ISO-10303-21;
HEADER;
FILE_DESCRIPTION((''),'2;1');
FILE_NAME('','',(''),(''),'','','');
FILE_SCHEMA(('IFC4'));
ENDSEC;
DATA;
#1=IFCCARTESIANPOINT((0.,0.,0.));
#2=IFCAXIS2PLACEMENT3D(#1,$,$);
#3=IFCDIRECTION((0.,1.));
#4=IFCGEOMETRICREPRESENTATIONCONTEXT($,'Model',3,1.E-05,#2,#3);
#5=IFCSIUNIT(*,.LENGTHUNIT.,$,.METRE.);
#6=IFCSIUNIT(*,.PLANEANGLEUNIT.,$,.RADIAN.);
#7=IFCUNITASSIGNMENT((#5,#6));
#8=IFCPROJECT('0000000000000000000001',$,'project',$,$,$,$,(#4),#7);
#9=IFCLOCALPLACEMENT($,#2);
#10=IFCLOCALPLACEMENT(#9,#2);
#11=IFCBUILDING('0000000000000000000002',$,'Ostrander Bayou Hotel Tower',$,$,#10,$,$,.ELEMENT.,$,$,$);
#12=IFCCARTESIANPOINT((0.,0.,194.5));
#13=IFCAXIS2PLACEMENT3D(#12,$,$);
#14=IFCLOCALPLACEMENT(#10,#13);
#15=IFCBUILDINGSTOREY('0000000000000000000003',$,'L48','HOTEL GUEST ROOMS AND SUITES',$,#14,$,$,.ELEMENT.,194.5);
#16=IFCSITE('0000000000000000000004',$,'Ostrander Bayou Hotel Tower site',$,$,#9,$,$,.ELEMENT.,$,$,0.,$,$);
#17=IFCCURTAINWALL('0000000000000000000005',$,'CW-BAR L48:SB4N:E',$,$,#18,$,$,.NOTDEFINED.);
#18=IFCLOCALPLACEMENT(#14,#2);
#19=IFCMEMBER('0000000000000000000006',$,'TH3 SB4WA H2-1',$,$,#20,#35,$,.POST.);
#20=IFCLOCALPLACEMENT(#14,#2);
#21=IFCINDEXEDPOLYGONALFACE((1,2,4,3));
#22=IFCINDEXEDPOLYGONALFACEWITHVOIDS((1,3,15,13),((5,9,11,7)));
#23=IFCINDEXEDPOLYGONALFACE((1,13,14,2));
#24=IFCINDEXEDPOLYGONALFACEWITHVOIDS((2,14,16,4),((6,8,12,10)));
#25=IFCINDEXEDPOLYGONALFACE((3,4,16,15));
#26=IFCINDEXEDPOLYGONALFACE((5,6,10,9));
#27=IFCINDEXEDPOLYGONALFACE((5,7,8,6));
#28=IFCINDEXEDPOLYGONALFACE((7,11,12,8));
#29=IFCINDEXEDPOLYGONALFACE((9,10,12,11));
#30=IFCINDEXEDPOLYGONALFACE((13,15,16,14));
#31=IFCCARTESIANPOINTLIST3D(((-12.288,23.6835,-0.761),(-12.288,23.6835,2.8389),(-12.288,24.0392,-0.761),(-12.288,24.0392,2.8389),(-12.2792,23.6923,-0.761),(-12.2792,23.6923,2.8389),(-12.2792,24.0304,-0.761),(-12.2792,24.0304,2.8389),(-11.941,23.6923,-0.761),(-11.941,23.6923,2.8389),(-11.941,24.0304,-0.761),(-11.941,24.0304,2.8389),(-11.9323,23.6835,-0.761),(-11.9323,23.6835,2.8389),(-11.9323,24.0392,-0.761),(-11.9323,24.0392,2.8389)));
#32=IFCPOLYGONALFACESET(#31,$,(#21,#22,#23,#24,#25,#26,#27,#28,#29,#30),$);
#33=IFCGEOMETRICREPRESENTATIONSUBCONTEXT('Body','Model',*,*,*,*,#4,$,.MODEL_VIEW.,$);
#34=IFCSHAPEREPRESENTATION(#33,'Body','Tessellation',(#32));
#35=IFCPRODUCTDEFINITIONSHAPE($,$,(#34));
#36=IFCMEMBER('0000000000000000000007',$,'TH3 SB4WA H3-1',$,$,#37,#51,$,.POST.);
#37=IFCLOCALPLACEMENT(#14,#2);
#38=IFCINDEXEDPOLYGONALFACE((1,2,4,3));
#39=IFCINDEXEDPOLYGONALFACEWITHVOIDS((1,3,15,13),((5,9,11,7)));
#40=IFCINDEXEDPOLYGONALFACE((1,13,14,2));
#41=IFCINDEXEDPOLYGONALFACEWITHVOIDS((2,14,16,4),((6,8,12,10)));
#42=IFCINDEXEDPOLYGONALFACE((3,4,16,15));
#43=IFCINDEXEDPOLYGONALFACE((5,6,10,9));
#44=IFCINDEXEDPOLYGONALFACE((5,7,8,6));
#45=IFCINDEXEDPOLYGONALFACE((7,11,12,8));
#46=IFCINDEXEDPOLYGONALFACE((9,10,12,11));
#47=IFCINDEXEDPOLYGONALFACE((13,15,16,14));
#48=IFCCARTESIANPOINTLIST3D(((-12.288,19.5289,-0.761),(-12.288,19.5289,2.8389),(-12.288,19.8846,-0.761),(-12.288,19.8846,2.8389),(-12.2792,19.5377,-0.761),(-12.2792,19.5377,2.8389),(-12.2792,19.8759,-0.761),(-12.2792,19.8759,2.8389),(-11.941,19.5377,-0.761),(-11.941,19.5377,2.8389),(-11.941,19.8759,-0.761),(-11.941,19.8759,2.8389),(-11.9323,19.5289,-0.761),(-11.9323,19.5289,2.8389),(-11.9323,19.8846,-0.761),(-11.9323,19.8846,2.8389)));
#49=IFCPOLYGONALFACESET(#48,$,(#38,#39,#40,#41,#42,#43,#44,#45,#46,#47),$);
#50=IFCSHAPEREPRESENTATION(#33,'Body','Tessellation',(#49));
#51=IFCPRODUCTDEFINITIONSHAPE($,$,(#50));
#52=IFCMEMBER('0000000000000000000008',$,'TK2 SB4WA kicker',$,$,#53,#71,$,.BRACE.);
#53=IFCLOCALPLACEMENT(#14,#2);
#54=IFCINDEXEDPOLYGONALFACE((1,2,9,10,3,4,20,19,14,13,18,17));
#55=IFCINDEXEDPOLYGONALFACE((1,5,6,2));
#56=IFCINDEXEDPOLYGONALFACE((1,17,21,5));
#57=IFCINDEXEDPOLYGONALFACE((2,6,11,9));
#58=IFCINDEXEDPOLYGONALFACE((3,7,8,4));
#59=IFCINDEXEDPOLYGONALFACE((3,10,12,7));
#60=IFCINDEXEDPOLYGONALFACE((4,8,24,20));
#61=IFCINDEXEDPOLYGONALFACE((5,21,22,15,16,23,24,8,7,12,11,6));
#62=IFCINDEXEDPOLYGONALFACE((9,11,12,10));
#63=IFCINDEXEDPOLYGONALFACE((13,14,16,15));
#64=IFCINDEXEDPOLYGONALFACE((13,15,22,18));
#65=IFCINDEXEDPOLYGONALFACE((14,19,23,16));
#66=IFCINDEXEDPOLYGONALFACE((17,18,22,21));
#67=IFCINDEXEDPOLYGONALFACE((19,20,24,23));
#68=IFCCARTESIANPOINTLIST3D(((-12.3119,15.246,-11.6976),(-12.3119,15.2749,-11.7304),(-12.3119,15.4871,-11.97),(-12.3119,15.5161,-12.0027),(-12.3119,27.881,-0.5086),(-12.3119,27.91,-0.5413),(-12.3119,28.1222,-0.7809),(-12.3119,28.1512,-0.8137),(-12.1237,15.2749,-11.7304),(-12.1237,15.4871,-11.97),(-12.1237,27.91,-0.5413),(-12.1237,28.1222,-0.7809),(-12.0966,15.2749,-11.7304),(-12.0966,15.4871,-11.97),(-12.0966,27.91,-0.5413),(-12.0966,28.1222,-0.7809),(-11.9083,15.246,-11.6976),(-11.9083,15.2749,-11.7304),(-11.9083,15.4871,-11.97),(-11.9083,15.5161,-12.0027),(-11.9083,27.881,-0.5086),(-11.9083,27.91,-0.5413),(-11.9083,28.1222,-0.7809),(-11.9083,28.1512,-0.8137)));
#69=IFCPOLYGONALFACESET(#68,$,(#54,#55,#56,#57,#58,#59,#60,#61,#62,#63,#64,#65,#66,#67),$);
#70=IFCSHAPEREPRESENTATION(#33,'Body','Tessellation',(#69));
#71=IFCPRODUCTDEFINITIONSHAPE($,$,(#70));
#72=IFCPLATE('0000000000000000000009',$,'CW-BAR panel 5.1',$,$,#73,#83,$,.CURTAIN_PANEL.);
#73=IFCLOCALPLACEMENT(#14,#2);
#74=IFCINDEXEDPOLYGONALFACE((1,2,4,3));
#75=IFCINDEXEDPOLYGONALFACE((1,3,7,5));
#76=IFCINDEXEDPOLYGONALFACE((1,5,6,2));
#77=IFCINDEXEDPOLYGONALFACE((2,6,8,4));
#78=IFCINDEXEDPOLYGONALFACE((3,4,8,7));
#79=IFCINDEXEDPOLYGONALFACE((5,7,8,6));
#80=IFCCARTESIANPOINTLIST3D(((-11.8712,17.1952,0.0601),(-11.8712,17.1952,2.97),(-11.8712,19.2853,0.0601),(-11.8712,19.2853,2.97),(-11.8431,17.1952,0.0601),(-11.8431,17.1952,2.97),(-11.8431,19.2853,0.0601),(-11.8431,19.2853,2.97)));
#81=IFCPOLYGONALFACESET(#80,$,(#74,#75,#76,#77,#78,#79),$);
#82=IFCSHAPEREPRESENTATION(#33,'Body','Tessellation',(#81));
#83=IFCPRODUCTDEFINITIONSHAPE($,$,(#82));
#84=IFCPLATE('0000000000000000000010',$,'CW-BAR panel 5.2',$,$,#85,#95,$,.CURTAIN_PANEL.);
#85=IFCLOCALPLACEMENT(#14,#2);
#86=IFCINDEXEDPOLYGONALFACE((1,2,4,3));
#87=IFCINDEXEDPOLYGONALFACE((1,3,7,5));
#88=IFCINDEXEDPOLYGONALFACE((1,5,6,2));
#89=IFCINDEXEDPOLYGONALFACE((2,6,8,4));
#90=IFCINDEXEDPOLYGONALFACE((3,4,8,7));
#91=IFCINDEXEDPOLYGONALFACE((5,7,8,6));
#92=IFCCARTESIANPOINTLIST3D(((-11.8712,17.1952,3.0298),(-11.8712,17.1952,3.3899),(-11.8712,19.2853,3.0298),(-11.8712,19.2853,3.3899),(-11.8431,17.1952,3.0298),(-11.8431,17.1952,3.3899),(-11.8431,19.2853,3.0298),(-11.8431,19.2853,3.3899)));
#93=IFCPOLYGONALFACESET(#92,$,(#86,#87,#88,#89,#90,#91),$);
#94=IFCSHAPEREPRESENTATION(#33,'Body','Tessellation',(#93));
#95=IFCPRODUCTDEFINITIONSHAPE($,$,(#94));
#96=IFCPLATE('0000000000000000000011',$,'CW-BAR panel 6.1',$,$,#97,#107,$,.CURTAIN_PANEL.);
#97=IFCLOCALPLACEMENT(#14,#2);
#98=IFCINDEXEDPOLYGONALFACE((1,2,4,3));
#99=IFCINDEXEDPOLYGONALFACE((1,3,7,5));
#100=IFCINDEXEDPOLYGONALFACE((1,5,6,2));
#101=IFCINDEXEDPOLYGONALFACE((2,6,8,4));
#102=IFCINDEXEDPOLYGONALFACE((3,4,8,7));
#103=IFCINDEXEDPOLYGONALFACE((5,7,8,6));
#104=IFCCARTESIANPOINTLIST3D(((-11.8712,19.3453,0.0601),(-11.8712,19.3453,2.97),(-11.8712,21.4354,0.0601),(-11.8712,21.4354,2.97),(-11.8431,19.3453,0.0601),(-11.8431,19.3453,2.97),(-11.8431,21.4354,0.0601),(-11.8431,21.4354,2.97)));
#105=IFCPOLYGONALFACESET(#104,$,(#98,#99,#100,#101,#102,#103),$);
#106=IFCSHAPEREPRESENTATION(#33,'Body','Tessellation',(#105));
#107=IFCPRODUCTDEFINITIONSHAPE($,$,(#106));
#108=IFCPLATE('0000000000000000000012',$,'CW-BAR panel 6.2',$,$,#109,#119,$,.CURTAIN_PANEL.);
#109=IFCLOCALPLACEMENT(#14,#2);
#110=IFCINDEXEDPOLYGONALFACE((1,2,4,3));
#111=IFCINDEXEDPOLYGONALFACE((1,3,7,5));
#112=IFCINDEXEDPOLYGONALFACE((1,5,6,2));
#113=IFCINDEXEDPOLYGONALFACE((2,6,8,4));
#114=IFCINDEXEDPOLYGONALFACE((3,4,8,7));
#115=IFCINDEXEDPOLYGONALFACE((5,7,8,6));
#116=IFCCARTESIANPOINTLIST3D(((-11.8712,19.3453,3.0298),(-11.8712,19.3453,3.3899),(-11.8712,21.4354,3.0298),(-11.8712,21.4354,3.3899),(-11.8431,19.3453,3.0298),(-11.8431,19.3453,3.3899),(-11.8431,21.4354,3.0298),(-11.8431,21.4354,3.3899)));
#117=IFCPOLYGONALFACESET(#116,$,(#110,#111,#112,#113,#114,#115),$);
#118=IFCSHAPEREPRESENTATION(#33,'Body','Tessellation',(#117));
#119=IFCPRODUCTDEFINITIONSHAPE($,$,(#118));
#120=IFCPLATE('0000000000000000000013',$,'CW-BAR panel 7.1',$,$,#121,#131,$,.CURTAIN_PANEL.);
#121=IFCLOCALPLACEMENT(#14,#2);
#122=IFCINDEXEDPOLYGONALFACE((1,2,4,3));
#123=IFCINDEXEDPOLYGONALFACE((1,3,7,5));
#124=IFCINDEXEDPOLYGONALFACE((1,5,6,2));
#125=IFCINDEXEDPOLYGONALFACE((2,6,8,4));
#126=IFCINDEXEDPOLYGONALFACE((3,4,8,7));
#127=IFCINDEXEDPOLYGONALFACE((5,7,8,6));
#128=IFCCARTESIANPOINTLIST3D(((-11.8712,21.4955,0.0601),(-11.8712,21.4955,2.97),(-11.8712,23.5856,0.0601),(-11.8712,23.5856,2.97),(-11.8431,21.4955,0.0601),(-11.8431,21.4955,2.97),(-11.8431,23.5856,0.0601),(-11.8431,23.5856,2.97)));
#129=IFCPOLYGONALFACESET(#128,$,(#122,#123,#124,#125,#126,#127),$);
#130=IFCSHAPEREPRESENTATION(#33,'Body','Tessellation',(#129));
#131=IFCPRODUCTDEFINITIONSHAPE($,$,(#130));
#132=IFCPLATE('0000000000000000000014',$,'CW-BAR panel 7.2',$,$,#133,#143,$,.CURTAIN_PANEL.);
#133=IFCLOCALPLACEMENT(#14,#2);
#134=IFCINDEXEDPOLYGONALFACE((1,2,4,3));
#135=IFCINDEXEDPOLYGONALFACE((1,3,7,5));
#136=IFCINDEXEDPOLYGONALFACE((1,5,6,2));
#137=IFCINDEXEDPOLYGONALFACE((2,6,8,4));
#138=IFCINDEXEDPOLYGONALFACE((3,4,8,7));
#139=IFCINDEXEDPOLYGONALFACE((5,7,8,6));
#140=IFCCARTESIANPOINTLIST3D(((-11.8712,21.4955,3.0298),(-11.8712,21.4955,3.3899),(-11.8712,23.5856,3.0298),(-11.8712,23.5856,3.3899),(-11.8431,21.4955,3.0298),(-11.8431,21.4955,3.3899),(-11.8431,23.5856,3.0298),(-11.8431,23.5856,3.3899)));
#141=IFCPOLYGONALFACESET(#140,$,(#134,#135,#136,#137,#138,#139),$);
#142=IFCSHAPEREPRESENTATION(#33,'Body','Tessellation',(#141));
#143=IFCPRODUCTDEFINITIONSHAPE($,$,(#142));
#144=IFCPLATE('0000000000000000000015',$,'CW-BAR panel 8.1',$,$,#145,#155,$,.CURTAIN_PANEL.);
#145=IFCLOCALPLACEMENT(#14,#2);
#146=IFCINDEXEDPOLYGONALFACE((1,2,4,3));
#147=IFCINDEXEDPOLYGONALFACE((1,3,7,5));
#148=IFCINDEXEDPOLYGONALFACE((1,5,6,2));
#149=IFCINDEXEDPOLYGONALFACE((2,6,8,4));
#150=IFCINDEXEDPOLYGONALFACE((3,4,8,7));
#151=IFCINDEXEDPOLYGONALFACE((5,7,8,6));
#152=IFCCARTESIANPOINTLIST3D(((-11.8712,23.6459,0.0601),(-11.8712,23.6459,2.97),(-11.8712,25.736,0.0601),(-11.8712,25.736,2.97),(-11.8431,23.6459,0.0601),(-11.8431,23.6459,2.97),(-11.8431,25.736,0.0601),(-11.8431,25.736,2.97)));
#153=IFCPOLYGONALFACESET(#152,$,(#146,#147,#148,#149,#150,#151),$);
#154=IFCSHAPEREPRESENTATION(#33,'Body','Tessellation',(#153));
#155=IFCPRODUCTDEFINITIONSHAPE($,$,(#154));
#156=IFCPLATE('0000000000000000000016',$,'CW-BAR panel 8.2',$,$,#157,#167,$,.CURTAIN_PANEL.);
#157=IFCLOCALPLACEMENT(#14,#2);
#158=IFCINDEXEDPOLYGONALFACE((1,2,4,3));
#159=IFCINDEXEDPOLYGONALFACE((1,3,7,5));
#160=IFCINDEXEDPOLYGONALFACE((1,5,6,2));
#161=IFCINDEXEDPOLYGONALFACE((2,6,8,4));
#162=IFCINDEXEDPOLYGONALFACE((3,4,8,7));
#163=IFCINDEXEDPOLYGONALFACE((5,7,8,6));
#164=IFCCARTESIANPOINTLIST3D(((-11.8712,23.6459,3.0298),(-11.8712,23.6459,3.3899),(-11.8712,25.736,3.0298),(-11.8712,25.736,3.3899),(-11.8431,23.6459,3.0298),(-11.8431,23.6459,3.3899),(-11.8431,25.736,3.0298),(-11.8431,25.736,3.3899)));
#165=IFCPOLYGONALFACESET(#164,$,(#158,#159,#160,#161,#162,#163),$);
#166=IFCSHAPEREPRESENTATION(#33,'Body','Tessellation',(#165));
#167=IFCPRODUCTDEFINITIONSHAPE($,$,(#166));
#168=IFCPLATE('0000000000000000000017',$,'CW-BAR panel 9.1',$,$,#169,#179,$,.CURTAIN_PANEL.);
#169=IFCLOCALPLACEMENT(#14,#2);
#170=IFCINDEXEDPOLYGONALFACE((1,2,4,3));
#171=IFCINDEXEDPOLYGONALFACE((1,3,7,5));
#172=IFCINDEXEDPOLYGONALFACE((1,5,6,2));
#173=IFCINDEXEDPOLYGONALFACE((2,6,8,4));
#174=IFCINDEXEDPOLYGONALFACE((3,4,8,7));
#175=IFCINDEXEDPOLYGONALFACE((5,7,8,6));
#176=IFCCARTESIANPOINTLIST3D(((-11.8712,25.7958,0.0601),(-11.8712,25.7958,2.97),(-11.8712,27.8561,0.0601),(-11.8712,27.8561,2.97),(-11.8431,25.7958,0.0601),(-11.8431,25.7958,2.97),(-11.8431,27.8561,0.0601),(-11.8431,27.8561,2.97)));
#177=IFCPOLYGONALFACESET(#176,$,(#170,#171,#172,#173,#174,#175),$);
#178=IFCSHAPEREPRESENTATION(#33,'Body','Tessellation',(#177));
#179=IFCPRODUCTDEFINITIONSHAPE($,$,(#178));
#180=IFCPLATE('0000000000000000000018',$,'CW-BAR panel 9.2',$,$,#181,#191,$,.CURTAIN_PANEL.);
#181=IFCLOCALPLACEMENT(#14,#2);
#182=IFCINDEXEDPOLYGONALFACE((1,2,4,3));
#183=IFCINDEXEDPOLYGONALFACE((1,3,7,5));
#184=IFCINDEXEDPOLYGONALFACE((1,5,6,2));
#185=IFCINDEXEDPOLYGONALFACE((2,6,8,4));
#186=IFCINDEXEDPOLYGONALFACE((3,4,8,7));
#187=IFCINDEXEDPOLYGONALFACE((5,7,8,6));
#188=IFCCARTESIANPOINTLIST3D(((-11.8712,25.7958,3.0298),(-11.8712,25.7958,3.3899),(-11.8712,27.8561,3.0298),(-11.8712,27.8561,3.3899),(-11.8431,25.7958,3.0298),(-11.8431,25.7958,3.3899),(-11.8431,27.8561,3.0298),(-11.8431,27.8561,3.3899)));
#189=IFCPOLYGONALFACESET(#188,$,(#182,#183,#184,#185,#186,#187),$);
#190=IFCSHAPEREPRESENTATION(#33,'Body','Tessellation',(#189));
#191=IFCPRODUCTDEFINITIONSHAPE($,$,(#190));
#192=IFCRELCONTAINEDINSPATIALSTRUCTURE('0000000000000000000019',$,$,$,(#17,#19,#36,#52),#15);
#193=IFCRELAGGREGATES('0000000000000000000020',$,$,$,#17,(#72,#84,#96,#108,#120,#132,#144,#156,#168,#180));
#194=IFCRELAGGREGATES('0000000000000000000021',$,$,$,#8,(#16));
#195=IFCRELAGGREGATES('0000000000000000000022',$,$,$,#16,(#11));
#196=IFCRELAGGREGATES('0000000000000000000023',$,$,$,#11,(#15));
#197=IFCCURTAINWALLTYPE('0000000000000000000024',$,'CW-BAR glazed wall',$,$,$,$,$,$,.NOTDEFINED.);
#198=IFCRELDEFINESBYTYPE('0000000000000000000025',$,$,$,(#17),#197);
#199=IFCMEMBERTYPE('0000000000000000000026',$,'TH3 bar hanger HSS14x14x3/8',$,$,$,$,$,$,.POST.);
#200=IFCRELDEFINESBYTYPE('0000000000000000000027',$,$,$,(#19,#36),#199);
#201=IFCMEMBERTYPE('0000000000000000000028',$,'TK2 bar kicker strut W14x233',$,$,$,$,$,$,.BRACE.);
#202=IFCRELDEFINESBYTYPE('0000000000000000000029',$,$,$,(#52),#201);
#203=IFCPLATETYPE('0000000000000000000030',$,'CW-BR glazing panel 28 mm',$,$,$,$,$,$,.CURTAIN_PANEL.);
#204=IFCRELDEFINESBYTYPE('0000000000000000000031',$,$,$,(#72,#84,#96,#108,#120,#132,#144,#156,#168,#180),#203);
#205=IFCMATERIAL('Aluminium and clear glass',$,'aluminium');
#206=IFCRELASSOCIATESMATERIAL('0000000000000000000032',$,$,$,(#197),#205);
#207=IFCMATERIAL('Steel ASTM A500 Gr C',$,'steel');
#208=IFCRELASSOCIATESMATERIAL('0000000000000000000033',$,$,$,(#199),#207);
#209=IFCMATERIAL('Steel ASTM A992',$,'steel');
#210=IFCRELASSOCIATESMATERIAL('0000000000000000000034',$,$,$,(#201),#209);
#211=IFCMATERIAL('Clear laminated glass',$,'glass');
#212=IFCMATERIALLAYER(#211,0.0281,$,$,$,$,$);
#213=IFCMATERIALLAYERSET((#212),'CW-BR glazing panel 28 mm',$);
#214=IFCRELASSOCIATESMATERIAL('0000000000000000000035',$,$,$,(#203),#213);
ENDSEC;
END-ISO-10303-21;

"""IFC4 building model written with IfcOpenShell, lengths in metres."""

from ifc_helpers import new_model, si_unit, direction, frame, origin, origin_2d, place, context, subcontext, project, spatial, rectangle, hollow_rectangle, i_section, extrude, material, layer, layer_set, material_profile, profile_set, type_object, element, aggregate, save


model = new_model("IFC4")

# Units and contexts
model_context = context("Model", 3, precision=1e-05, world=origin(), true_north=direction((0.0, 1.0)))
body_context = subcontext(model_context, "Body", "Model", "MODEL_VIEW")
ifc_project = project(units=[si_unit("LENGTHUNIT", "METRE"), si_unit("PLANEANGLEUNIT", "RADIAN")], contexts=[model_context])

# Site, building, storey
site_placement = place(None, origin())
site = spatial("IfcSite", under=ifc_project, at=site_placement, Name="Ostrander Bayou Hotel Tower site", CompositionType="ELEMENT", RefElevation=0.0)
building_placement = place(site_placement, origin())
building = spatial("IfcBuilding", under=site, at=building_placement, Name="Ostrander Bayou Hotel Tower", CompositionType="ELEMENT")
storey_placement = place(building_placement, frame((0.0, 0.0, 194.5)))
storey = spatial("IfcBuildingStorey", under=building, at=storey_placement, Name="L48", Description="HOTEL GUEST ROOMS AND SUITES", CompositionType="ELEMENT", Elevation=194.5)

# Curtain wall
ifc_material_1 = material(Name="Aluminium and clear glass", Category="aluminium")
curtain_wall_type = type_object("IfcCurtainWallType", Name="CW-BAR glazed wall", PredefinedType="NOTDEFINED", material=ifc_material_1)
curtain_wall_placement = place(storey_placement, origin())
curtain_wall = element("IfcCurtainWall", 1, at=curtain_wall_placement, inside=storey, type_object=curtain_wall_type, Name="CW-BAR L48:SB4N:E", PredefinedType="NOTDEFINED")

# Members
ifc_material_2 = material(Name="Steel ASTM A500 Gr C", Category="steel")
ifc_material_profile_1 = material_profile(ifc_material_2, hollow_rectangle(XDim=0.3557, YDim=0.3557, WallThickness=0.0088, at=origin_2d()))
ifc_profile_set_1 = profile_set([ifc_material_profile_1], Name="Steel ASTM A500 Gr C")
member_type_1 = type_object("IfcMemberType", Name="TH3 bar hanger HSS14x14x3/8", PredefinedType="POST", material=ifc_profile_set_1)
for number, where, z_axis, x_axis, name in (
    (2, (-12.1101, 23.8613, -0.761), (0.0, 0.0, 1.0), (1.0, 0.0, 0.0), "TH3 SB4WA H2-1"),
    (3, (-12.1101, 19.7068, -0.761), (0.0, 0.0, 1.0), (1.0, 0.0, 0.0), "TH3 SB4WA H3-1"),
):
    element("IfcMember", number, at=place(storey_placement, frame(where, z_axis=z_axis, x_axis=x_axis)), inside=storey, type_object=member_type_1, Name=name, PredefinedType="POST", context=body_context, shape_type="SweptSolid", body=[
        extrude(hollow_rectangle(XDim=0.3557, YDim=0.3557, WallThickness=0.0088, at=origin_2d()), origin(), (0.0, 0.0, 1.0), 3.5999),
    ])
ifc_material_3 = material(Name="Steel ASTM A992", Category="steel")
ifc_material_profile_2 = material_profile(ifc_material_3, i_section(OverallWidth=0.4036, OverallDepth=0.4075, WebThickness=0.0271, FlangeThickness=0.0437, at=origin_2d()))
ifc_profile_set_2 = profile_set([ifc_material_profile_2], Name="Steel ASTM A992")
member_type_2 = type_object("IfcMemberType", Name="TK2 bar kicker strut W14x233", PredefinedType="BRACE", material=ifc_profile_set_2)
member_1_placement = place(storey_placement, frame((-12.1101, 28.0161, -0.6611), z_axis=(0.0, -0.748648, -0.662967), x_axis=(1.0, 0.0, 0.0)))
element("IfcMember", 4, at=member_1_placement, inside=storey, type_object=member_type_2, Name="TK2 SB4WA kicker", PredefinedType="BRACE", context=body_context, shape_type="SweptSolid", body=[
    extrude(i_section(OverallWidth=0.4036, OverallDepth=0.4075, WebThickness=0.0271, FlangeThickness=0.0437, at=origin_2d()), origin(), (0.0, 0.0, 1.0), 16.8772),
])

# Plates
ifc_material_4 = material(Name="Clear laminated glass", Category="glass")
ifc_layer_1 = layer(ifc_material_4, 0.0281)
ifc_layer_set_1 = layer_set([ifc_layer_1], Name="CW-BR glazing panel 28 mm")
plate_type = type_object("IfcPlateType", Name="CW-BR glazing panel 28 mm", PredefinedType="CURTAIN_PANEL", material=ifc_layer_set_1)
plate_1_placement = place(storey_placement, frame((-11.8572, 18.2402, 0.0601), z_axis=(0.0, 0.0, 1.0), x_axis=(0.0, 1.0, 0.0)))
plate_1 = element("IfcPlate", 5, at=plate_1_placement, type_object=plate_type, Name="CW-BAR panel 5.1", PredefinedType="CURTAIN_PANEL", context=body_context, shape_type="SweptSolid", body=[
    extrude(rectangle(XDim=2.0901, YDim=0.0281, at=origin_2d()), origin(), (0.0, 0.0, 1.0), 2.9099),
])
plate_2_placement = place(storey_placement, frame((-11.8572, 18.2402, 3.0298), z_axis=(0.0, 0.0, 1.0), x_axis=(0.0, 1.0, 0.0)))
plate_2 = element("IfcPlate", 6, at=plate_2_placement, type_object=plate_type, Name="CW-BAR panel 5.2", PredefinedType="CURTAIN_PANEL", context=body_context, shape_type="SweptSolid", body=[
    extrude(rectangle(XDim=2.0901, YDim=0.0281, at=origin_2d()), origin(), (0.0, 0.0, 1.0), 0.3601),
])
plate_3_placement = place(storey_placement, frame((-11.8572, 20.3904, 0.0601), z_axis=(0.0, 0.0, 1.0), x_axis=(0.0, 1.0, 0.0)))
plate_3 = element("IfcPlate", 7, at=plate_3_placement, type_object=plate_type, Name="CW-BAR panel 6.1", PredefinedType="CURTAIN_PANEL", context=body_context, shape_type="SweptSolid", body=[
    extrude(rectangle(XDim=2.0901, YDim=0.0281, at=origin_2d()), origin(), (0.0, 0.0, 1.0), 2.9099),
])
plate_4_placement = place(storey_placement, frame((-11.8572, 20.3904, 3.0298), z_axis=(0.0, 0.0, 1.0), x_axis=(0.0, 1.0, 0.0)))
plate_4 = element("IfcPlate", 8, at=plate_4_placement, type_object=plate_type, Name="CW-BAR panel 6.2", PredefinedType="CURTAIN_PANEL", context=body_context, shape_type="SweptSolid", body=[
    extrude(rectangle(XDim=2.0901, YDim=0.0281, at=origin_2d()), origin(), (0.0, 0.0, 1.0), 0.3601),
])
plate_5_placement = place(storey_placement, frame((-11.8572, 22.5405, 0.0601), z_axis=(0.0, 0.0, 1.0), x_axis=(0.0, 1.0, 0.0)))
plate_5 = element("IfcPlate", 9, at=plate_5_placement, type_object=plate_type, Name="CW-BAR panel 7.1", PredefinedType="CURTAIN_PANEL", context=body_context, shape_type="SweptSolid", body=[
    extrude(rectangle(XDim=2.0901, YDim=0.0281, at=origin_2d()), origin(), (0.0, 0.0, 1.0), 2.9099),
])
plate_6_placement = place(storey_placement, frame((-11.8572, 22.5405, 3.0298), z_axis=(0.0, 0.0, 1.0), x_axis=(0.0, 1.0, 0.0)))
plate_6 = element("IfcPlate", 10, at=plate_6_placement, type_object=plate_type, Name="CW-BAR panel 7.2", PredefinedType="CURTAIN_PANEL", context=body_context, shape_type="SweptSolid", body=[
    extrude(rectangle(XDim=2.0901, YDim=0.0281, at=origin_2d()), origin(), (0.0, 0.0, 1.0), 0.3601),
])
plate_7_placement = place(storey_placement, frame((-11.8572, 24.6909, 0.0601), z_axis=(0.0, 0.0, 1.0), x_axis=(0.0, 1.0, 0.0)))
plate_7 = element("IfcPlate", 11, at=plate_7_placement, type_object=plate_type, Name="CW-BAR panel 8.1", PredefinedType="CURTAIN_PANEL", context=body_context, shape_type="SweptSolid", body=[
    extrude(rectangle(XDim=2.0901, YDim=0.0281, at=origin_2d()), origin(), (0.0, 0.0, 1.0), 2.9099),
])
plate_8_placement = place(storey_placement, frame((-11.8572, 24.6909, 3.0298), z_axis=(0.0, 0.0, 1.0), x_axis=(0.0, 1.0, 0.0)))
plate_8 = element("IfcPlate", 12, at=plate_8_placement, type_object=plate_type, Name="CW-BAR panel 8.2", PredefinedType="CURTAIN_PANEL", context=body_context, shape_type="SweptSolid", body=[
    extrude(rectangle(XDim=2.0901, YDim=0.0281, at=origin_2d()), origin(), (0.0, 0.0, 1.0), 0.3601),
])
plate_9_placement = place(storey_placement, frame((-11.8572, 26.8259, 0.0601), z_axis=(0.0, 0.0, 1.0), x_axis=(0.0, 1.0, 0.0)))
plate_9 = element("IfcPlate", 13, at=plate_9_placement, type_object=plate_type, Name="CW-BAR panel 9.1", PredefinedType="CURTAIN_PANEL", context=body_context, shape_type="SweptSolid", body=[
    extrude(rectangle(XDim=2.0603, YDim=0.0281, at=origin_2d()), origin(), (0.0, 0.0, 1.0), 2.9099),
])
plate_10_placement = place(storey_placement, frame((-11.8572, 26.8259, 3.0298), z_axis=(0.0, 0.0, 1.0), x_axis=(0.0, 1.0, 0.0)))
plate_10 = element("IfcPlate", 14, at=plate_10_placement, type_object=plate_type, Name="CW-BAR panel 9.2", PredefinedType="CURTAIN_PANEL", context=body_context, shape_type="SweptSolid", body=[
    extrude(rectangle(XDim=2.0603, YDim=0.0281, at=origin_2d()), origin(), (0.0, 0.0, 1.0), 0.3601),
])
aggregate(curtain_wall, [plate_1, plate_2, plate_3, plate_4, plate_5, plate_6, plate_7, plate_8, plate_9, plate_10])

save(model, "model.ifc")
